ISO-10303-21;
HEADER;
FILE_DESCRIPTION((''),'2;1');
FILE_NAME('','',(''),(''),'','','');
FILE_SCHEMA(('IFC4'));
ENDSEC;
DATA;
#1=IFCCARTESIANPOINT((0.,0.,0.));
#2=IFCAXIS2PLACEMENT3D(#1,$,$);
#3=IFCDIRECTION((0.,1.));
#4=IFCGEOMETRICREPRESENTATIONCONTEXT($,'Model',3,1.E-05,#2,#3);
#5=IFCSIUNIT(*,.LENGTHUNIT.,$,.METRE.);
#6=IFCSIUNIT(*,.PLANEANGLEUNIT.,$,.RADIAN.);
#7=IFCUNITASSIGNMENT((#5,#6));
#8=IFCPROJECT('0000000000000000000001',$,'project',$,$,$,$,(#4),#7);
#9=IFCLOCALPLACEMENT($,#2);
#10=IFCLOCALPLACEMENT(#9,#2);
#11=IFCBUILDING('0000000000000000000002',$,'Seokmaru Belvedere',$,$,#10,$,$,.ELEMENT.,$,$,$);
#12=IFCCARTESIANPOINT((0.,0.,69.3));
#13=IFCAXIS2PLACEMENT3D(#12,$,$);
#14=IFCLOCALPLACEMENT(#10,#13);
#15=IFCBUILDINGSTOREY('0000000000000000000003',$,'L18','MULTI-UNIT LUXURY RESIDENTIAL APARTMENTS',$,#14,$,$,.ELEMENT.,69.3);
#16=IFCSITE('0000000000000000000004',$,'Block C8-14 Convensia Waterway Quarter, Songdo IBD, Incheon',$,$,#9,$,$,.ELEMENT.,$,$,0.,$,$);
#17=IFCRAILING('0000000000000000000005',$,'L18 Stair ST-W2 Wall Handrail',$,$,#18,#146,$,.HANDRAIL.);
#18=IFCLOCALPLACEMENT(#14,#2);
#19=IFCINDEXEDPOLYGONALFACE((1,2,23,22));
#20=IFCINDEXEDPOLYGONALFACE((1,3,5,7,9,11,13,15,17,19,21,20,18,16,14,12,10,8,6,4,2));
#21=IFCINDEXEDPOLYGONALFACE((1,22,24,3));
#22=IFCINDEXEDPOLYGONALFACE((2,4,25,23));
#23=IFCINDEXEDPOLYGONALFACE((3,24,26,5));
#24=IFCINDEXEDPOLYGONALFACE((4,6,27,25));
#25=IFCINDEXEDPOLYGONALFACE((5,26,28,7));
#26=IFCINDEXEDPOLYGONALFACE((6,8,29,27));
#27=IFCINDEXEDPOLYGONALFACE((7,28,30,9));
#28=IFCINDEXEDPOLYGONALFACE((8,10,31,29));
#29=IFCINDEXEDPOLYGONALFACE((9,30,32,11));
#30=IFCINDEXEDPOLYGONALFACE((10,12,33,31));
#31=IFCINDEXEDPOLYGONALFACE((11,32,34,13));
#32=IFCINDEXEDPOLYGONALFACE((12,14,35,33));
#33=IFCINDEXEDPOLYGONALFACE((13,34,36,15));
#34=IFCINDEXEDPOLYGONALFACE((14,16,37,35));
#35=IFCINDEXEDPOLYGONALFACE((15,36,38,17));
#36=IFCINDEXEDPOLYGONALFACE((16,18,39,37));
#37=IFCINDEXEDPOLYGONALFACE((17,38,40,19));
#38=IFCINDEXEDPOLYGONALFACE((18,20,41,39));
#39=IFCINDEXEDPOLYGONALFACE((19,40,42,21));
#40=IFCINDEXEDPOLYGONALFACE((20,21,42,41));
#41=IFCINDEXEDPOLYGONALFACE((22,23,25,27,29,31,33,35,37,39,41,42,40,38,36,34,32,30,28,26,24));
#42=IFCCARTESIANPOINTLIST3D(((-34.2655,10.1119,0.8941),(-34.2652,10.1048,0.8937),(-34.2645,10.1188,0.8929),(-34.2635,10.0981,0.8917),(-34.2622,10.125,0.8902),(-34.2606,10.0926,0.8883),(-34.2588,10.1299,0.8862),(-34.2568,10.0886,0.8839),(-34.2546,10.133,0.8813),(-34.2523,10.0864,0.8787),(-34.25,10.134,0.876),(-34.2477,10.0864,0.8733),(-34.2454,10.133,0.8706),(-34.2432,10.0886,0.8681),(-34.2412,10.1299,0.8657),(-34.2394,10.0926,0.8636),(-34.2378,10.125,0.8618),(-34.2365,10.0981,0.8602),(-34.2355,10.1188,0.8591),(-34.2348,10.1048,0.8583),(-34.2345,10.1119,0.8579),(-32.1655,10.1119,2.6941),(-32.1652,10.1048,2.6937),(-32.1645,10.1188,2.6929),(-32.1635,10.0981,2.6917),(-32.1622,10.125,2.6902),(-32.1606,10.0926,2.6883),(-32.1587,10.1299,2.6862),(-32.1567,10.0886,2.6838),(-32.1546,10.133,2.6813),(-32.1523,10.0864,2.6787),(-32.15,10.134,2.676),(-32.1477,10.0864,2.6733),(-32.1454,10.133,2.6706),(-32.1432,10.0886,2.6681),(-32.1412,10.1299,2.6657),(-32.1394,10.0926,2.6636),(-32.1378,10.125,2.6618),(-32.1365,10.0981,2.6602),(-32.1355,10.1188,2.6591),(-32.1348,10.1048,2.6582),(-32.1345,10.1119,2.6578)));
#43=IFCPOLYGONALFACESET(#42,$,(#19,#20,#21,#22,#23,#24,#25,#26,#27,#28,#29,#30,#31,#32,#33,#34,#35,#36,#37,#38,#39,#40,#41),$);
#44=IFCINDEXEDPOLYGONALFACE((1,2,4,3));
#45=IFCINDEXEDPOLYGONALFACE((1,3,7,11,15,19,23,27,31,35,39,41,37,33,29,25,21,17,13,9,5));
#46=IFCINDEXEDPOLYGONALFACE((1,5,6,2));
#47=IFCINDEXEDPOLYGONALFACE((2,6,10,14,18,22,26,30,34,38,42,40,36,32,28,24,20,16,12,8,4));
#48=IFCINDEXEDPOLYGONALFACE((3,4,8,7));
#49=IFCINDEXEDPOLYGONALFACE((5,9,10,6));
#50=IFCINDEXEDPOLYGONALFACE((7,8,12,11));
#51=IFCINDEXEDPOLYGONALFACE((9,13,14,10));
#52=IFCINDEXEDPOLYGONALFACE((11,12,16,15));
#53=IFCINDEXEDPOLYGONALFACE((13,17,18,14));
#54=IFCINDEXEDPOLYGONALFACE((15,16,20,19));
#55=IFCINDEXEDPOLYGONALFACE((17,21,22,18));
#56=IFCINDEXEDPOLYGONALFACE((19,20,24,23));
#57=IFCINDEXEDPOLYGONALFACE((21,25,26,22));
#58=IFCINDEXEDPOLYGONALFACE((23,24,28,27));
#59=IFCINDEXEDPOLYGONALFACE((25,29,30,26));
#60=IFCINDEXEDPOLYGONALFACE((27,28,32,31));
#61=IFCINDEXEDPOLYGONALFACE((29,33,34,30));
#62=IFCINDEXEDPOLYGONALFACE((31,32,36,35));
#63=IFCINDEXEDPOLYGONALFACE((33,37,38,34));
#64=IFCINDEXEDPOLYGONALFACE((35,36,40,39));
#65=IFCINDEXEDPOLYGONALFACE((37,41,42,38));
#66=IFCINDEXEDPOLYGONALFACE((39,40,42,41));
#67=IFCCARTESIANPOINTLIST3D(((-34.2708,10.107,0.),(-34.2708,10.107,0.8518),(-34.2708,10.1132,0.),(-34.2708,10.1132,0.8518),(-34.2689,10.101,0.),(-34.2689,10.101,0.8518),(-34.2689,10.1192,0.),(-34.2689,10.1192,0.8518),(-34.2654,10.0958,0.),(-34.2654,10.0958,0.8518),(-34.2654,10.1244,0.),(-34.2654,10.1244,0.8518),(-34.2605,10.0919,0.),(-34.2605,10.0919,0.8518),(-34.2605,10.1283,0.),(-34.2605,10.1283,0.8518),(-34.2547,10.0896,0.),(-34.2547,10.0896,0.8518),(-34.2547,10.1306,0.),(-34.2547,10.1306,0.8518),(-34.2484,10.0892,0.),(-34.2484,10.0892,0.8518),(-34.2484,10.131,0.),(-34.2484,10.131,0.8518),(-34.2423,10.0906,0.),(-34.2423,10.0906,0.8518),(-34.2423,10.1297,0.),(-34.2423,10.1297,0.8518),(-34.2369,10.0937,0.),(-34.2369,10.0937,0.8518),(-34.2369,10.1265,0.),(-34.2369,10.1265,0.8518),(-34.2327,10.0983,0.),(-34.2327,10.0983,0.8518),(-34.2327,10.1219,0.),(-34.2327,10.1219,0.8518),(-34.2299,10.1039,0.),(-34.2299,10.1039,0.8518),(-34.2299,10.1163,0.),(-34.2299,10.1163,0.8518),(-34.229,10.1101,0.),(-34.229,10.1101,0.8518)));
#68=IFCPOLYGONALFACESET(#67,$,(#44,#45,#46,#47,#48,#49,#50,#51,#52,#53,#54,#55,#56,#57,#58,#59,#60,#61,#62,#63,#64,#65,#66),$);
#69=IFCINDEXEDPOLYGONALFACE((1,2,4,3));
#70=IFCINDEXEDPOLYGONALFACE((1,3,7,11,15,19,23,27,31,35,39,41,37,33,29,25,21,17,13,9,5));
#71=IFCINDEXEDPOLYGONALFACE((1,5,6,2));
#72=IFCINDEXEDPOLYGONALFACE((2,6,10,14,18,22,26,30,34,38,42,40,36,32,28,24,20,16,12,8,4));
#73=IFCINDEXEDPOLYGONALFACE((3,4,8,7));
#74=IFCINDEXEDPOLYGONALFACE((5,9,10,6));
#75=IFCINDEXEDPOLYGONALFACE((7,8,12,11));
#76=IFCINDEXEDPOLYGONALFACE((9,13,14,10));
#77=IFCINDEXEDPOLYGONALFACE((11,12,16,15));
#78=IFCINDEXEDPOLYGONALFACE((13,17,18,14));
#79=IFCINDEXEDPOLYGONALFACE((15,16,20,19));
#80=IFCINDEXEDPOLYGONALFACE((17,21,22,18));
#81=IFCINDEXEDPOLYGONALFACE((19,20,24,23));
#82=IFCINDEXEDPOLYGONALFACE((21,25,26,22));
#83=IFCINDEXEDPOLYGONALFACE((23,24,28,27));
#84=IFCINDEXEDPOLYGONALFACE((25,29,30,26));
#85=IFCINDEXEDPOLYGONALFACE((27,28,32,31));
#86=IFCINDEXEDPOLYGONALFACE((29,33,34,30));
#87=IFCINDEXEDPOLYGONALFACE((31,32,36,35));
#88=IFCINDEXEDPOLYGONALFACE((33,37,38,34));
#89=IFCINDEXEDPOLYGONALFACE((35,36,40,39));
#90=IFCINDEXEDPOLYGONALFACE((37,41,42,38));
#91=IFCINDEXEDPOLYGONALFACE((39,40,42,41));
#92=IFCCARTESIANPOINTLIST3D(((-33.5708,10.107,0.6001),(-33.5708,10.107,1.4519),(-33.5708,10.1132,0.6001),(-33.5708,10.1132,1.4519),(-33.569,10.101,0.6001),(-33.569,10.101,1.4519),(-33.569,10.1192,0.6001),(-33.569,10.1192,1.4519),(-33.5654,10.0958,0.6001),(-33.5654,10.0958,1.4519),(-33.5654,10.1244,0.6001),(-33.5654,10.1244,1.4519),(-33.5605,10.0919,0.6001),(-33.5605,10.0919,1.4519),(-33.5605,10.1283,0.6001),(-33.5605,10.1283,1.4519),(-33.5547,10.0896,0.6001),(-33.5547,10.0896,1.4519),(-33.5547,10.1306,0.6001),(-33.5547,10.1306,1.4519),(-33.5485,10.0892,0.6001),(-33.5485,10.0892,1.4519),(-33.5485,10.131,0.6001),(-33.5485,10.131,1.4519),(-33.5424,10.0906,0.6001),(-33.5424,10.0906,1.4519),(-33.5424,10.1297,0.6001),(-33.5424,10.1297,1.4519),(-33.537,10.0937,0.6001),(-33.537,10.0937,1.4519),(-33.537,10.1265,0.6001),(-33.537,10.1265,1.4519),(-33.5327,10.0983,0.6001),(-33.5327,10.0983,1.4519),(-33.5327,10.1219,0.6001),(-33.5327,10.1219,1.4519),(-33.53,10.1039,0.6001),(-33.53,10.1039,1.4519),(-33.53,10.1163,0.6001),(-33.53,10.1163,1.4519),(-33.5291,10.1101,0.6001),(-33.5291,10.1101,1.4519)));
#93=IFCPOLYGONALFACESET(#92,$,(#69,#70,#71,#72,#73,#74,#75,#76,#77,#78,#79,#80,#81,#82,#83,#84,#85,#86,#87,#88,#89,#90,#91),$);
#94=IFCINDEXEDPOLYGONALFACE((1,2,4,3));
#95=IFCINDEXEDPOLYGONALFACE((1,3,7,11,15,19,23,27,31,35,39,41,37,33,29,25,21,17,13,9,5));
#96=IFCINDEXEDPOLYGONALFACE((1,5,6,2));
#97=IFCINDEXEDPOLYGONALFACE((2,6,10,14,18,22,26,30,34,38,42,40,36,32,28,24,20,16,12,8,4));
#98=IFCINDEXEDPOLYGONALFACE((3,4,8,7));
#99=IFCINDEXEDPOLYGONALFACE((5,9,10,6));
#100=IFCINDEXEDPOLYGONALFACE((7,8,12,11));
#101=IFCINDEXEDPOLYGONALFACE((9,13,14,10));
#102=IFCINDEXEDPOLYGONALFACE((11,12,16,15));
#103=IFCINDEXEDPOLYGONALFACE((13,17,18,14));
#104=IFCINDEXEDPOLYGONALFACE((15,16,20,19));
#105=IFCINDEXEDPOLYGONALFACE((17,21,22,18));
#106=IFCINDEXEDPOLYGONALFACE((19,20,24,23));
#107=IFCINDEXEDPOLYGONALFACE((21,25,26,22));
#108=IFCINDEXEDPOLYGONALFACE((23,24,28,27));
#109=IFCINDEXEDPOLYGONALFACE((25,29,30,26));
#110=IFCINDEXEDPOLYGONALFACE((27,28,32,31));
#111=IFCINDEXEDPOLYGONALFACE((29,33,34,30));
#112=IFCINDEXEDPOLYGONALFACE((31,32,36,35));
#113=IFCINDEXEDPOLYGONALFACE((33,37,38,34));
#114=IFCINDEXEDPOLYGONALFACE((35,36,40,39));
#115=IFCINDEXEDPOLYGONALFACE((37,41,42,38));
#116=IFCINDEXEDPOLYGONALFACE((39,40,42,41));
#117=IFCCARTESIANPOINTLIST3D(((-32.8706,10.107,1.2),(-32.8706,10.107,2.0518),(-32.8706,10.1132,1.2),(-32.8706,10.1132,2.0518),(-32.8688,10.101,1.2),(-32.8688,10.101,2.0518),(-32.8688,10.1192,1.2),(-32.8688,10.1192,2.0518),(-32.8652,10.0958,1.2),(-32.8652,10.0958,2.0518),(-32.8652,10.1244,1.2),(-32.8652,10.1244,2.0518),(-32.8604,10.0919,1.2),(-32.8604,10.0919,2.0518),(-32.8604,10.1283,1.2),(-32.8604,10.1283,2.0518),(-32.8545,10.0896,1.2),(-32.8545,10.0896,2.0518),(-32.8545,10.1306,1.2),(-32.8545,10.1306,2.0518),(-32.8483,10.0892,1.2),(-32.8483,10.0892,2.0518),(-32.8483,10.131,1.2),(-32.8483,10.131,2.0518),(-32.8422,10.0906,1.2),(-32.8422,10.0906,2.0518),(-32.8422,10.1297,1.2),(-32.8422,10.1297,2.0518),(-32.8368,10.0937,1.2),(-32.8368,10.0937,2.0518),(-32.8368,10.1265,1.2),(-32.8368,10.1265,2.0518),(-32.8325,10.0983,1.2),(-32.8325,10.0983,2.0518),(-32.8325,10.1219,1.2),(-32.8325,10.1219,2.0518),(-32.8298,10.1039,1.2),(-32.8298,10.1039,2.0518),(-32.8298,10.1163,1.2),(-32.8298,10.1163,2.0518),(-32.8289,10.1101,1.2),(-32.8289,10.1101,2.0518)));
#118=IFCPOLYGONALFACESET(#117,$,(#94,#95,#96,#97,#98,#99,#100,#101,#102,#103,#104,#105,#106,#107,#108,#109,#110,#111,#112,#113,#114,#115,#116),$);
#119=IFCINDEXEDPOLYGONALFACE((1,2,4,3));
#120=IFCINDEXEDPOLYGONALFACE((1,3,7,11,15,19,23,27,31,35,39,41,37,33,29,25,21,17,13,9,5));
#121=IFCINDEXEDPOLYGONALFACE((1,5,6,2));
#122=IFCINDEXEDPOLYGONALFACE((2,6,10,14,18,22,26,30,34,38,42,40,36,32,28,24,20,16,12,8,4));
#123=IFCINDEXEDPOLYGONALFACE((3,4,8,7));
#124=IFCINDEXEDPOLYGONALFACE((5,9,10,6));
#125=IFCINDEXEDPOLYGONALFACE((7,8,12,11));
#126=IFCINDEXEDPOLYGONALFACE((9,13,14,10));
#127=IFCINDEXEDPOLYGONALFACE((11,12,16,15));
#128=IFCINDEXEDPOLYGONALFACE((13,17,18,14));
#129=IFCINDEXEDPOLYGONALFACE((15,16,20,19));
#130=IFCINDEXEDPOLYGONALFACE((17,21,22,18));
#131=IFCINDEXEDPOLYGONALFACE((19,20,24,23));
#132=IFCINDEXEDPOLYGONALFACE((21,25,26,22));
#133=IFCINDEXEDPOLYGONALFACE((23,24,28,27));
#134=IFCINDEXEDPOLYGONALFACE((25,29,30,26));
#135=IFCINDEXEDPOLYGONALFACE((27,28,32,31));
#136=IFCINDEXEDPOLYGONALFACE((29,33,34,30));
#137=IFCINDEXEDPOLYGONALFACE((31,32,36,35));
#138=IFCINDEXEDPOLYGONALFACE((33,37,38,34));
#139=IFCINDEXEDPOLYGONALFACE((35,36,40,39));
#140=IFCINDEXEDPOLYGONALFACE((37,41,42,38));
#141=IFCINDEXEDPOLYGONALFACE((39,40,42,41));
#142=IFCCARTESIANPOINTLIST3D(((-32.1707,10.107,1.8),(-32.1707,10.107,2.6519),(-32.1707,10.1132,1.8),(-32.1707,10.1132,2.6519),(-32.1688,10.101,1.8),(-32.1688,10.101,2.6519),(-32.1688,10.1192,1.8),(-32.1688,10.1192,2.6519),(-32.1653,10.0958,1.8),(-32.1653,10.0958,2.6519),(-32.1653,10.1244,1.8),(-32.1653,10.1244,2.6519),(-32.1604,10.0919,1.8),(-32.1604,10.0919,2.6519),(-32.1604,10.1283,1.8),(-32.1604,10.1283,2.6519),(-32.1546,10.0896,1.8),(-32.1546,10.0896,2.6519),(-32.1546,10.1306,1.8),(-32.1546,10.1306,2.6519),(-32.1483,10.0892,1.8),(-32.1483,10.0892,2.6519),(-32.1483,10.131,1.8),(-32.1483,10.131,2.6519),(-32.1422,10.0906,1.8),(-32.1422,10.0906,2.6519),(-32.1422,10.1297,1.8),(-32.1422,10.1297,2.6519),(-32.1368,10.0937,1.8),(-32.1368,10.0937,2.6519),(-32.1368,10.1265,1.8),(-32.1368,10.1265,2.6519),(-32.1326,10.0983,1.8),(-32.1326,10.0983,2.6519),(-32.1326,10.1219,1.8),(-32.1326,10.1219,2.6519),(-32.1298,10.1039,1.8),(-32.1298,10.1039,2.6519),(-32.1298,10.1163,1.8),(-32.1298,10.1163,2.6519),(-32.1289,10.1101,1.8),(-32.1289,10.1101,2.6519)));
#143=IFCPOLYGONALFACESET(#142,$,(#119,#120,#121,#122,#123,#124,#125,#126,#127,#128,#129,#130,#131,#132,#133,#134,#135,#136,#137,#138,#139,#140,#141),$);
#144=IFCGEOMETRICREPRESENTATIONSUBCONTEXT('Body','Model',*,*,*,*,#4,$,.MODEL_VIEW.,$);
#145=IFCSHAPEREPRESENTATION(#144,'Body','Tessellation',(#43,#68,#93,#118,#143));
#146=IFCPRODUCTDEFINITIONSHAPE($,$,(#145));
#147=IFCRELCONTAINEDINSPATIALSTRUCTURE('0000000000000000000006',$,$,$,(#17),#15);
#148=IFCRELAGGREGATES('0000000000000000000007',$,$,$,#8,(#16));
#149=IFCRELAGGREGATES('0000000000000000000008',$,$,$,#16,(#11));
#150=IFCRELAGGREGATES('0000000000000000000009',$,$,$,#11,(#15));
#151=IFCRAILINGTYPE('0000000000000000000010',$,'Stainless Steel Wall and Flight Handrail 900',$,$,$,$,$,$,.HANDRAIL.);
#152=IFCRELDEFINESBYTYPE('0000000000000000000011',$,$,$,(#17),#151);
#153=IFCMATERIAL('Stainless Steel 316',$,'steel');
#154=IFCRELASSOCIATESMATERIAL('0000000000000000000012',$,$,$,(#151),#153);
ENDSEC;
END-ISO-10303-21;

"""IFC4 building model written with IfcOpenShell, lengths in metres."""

from ifc_helpers import new_model, si_unit, direction, frame, origin, origin_2d, place, context, subcontext, project, spatial, circle, extrude, material, type_object, element, save


model = new_model("IFC4")

# Units and contexts
model_context = context("Model", 3, precision=1e-05, world=origin(), true_north=direction((0.0, 1.0)))
body_context = subcontext(model_context, "Body", "Model", "MODEL_VIEW")
ifc_project = project(units=[si_unit("LENGTHUNIT", "METRE"), si_unit("PLANEANGLEUNIT", "RADIAN")], contexts=[model_context])

# Site, building, storey
site_placement = place(None, origin())
site = spatial("IfcSite", under=ifc_project, at=site_placement, Name="Block C8-14 Convensia Waterway Quarter, Songdo IBD, Incheon", CompositionType="ELEMENT", RefElevation=0.0)
building_placement = place(site_placement, origin())
building = spatial("IfcBuilding", under=site, at=building_placement, Name="Seokmaru Belvedere", CompositionType="ELEMENT")
storey_placement = place(building_placement, frame((0.0, 0.0, 69.3)))
storey = spatial("IfcBuildingStorey", under=building, at=storey_placement, Name="L18", Description="MULTI-UNIT LUXURY RESIDENTIAL APARTMENTS", CompositionType="ELEMENT", Elevation=69.3)

# Railing
ifc_material_1 = material(Name="Stainless Steel 316", Category="steel")
railing_type_1 = type_object("IfcRailingType", Name="Stainless Steel Wall and Flight Handrail 900", PredefinedType="HANDRAIL", material=ifc_material_1)
railing_1_placement = place(storey_placement, frame((-34.25, 10.1101, 0.0)))
element("IfcRailing", 1, at=railing_1_placement, inside=storey, type_object=railing_type_1, Name="L18 Stair ST-W2 Wall Handrail", PredefinedType="HANDRAIL", context=body_context, shape_type="SweptSolid", body=[
    extrude(circle(Radius=0.0239, at=origin_2d()), frame((0.0, 0.0, 0.876), z_axis=(0.759263, 0.0, 0.650784), x_axis=(0.0, 1.0, 0.0)), (0.0, 0.0, 1.0), 2.7659),
    extrude(circle(Radius=0.021, at=origin_2d()), origin(), (0.0, 0.0, 1.0), 0.8518),
    extrude(circle(Radius=0.021, at=origin_2d()), frame((0.7, 0.0, 0.6001)), (0.0, 0.0, 1.0), 0.8518),
    extrude(circle(Radius=0.021, at=origin_2d()), frame((1.4001, 0.0, 1.2)), (0.0, 0.0, 1.0), 0.8518),
    extrude(circle(Radius=0.021, at=origin_2d()), frame((2.1001, 0.0, 1.8)), (0.0, 0.0, 1.0), 0.8518),
])

save(model, "model.ifc")
